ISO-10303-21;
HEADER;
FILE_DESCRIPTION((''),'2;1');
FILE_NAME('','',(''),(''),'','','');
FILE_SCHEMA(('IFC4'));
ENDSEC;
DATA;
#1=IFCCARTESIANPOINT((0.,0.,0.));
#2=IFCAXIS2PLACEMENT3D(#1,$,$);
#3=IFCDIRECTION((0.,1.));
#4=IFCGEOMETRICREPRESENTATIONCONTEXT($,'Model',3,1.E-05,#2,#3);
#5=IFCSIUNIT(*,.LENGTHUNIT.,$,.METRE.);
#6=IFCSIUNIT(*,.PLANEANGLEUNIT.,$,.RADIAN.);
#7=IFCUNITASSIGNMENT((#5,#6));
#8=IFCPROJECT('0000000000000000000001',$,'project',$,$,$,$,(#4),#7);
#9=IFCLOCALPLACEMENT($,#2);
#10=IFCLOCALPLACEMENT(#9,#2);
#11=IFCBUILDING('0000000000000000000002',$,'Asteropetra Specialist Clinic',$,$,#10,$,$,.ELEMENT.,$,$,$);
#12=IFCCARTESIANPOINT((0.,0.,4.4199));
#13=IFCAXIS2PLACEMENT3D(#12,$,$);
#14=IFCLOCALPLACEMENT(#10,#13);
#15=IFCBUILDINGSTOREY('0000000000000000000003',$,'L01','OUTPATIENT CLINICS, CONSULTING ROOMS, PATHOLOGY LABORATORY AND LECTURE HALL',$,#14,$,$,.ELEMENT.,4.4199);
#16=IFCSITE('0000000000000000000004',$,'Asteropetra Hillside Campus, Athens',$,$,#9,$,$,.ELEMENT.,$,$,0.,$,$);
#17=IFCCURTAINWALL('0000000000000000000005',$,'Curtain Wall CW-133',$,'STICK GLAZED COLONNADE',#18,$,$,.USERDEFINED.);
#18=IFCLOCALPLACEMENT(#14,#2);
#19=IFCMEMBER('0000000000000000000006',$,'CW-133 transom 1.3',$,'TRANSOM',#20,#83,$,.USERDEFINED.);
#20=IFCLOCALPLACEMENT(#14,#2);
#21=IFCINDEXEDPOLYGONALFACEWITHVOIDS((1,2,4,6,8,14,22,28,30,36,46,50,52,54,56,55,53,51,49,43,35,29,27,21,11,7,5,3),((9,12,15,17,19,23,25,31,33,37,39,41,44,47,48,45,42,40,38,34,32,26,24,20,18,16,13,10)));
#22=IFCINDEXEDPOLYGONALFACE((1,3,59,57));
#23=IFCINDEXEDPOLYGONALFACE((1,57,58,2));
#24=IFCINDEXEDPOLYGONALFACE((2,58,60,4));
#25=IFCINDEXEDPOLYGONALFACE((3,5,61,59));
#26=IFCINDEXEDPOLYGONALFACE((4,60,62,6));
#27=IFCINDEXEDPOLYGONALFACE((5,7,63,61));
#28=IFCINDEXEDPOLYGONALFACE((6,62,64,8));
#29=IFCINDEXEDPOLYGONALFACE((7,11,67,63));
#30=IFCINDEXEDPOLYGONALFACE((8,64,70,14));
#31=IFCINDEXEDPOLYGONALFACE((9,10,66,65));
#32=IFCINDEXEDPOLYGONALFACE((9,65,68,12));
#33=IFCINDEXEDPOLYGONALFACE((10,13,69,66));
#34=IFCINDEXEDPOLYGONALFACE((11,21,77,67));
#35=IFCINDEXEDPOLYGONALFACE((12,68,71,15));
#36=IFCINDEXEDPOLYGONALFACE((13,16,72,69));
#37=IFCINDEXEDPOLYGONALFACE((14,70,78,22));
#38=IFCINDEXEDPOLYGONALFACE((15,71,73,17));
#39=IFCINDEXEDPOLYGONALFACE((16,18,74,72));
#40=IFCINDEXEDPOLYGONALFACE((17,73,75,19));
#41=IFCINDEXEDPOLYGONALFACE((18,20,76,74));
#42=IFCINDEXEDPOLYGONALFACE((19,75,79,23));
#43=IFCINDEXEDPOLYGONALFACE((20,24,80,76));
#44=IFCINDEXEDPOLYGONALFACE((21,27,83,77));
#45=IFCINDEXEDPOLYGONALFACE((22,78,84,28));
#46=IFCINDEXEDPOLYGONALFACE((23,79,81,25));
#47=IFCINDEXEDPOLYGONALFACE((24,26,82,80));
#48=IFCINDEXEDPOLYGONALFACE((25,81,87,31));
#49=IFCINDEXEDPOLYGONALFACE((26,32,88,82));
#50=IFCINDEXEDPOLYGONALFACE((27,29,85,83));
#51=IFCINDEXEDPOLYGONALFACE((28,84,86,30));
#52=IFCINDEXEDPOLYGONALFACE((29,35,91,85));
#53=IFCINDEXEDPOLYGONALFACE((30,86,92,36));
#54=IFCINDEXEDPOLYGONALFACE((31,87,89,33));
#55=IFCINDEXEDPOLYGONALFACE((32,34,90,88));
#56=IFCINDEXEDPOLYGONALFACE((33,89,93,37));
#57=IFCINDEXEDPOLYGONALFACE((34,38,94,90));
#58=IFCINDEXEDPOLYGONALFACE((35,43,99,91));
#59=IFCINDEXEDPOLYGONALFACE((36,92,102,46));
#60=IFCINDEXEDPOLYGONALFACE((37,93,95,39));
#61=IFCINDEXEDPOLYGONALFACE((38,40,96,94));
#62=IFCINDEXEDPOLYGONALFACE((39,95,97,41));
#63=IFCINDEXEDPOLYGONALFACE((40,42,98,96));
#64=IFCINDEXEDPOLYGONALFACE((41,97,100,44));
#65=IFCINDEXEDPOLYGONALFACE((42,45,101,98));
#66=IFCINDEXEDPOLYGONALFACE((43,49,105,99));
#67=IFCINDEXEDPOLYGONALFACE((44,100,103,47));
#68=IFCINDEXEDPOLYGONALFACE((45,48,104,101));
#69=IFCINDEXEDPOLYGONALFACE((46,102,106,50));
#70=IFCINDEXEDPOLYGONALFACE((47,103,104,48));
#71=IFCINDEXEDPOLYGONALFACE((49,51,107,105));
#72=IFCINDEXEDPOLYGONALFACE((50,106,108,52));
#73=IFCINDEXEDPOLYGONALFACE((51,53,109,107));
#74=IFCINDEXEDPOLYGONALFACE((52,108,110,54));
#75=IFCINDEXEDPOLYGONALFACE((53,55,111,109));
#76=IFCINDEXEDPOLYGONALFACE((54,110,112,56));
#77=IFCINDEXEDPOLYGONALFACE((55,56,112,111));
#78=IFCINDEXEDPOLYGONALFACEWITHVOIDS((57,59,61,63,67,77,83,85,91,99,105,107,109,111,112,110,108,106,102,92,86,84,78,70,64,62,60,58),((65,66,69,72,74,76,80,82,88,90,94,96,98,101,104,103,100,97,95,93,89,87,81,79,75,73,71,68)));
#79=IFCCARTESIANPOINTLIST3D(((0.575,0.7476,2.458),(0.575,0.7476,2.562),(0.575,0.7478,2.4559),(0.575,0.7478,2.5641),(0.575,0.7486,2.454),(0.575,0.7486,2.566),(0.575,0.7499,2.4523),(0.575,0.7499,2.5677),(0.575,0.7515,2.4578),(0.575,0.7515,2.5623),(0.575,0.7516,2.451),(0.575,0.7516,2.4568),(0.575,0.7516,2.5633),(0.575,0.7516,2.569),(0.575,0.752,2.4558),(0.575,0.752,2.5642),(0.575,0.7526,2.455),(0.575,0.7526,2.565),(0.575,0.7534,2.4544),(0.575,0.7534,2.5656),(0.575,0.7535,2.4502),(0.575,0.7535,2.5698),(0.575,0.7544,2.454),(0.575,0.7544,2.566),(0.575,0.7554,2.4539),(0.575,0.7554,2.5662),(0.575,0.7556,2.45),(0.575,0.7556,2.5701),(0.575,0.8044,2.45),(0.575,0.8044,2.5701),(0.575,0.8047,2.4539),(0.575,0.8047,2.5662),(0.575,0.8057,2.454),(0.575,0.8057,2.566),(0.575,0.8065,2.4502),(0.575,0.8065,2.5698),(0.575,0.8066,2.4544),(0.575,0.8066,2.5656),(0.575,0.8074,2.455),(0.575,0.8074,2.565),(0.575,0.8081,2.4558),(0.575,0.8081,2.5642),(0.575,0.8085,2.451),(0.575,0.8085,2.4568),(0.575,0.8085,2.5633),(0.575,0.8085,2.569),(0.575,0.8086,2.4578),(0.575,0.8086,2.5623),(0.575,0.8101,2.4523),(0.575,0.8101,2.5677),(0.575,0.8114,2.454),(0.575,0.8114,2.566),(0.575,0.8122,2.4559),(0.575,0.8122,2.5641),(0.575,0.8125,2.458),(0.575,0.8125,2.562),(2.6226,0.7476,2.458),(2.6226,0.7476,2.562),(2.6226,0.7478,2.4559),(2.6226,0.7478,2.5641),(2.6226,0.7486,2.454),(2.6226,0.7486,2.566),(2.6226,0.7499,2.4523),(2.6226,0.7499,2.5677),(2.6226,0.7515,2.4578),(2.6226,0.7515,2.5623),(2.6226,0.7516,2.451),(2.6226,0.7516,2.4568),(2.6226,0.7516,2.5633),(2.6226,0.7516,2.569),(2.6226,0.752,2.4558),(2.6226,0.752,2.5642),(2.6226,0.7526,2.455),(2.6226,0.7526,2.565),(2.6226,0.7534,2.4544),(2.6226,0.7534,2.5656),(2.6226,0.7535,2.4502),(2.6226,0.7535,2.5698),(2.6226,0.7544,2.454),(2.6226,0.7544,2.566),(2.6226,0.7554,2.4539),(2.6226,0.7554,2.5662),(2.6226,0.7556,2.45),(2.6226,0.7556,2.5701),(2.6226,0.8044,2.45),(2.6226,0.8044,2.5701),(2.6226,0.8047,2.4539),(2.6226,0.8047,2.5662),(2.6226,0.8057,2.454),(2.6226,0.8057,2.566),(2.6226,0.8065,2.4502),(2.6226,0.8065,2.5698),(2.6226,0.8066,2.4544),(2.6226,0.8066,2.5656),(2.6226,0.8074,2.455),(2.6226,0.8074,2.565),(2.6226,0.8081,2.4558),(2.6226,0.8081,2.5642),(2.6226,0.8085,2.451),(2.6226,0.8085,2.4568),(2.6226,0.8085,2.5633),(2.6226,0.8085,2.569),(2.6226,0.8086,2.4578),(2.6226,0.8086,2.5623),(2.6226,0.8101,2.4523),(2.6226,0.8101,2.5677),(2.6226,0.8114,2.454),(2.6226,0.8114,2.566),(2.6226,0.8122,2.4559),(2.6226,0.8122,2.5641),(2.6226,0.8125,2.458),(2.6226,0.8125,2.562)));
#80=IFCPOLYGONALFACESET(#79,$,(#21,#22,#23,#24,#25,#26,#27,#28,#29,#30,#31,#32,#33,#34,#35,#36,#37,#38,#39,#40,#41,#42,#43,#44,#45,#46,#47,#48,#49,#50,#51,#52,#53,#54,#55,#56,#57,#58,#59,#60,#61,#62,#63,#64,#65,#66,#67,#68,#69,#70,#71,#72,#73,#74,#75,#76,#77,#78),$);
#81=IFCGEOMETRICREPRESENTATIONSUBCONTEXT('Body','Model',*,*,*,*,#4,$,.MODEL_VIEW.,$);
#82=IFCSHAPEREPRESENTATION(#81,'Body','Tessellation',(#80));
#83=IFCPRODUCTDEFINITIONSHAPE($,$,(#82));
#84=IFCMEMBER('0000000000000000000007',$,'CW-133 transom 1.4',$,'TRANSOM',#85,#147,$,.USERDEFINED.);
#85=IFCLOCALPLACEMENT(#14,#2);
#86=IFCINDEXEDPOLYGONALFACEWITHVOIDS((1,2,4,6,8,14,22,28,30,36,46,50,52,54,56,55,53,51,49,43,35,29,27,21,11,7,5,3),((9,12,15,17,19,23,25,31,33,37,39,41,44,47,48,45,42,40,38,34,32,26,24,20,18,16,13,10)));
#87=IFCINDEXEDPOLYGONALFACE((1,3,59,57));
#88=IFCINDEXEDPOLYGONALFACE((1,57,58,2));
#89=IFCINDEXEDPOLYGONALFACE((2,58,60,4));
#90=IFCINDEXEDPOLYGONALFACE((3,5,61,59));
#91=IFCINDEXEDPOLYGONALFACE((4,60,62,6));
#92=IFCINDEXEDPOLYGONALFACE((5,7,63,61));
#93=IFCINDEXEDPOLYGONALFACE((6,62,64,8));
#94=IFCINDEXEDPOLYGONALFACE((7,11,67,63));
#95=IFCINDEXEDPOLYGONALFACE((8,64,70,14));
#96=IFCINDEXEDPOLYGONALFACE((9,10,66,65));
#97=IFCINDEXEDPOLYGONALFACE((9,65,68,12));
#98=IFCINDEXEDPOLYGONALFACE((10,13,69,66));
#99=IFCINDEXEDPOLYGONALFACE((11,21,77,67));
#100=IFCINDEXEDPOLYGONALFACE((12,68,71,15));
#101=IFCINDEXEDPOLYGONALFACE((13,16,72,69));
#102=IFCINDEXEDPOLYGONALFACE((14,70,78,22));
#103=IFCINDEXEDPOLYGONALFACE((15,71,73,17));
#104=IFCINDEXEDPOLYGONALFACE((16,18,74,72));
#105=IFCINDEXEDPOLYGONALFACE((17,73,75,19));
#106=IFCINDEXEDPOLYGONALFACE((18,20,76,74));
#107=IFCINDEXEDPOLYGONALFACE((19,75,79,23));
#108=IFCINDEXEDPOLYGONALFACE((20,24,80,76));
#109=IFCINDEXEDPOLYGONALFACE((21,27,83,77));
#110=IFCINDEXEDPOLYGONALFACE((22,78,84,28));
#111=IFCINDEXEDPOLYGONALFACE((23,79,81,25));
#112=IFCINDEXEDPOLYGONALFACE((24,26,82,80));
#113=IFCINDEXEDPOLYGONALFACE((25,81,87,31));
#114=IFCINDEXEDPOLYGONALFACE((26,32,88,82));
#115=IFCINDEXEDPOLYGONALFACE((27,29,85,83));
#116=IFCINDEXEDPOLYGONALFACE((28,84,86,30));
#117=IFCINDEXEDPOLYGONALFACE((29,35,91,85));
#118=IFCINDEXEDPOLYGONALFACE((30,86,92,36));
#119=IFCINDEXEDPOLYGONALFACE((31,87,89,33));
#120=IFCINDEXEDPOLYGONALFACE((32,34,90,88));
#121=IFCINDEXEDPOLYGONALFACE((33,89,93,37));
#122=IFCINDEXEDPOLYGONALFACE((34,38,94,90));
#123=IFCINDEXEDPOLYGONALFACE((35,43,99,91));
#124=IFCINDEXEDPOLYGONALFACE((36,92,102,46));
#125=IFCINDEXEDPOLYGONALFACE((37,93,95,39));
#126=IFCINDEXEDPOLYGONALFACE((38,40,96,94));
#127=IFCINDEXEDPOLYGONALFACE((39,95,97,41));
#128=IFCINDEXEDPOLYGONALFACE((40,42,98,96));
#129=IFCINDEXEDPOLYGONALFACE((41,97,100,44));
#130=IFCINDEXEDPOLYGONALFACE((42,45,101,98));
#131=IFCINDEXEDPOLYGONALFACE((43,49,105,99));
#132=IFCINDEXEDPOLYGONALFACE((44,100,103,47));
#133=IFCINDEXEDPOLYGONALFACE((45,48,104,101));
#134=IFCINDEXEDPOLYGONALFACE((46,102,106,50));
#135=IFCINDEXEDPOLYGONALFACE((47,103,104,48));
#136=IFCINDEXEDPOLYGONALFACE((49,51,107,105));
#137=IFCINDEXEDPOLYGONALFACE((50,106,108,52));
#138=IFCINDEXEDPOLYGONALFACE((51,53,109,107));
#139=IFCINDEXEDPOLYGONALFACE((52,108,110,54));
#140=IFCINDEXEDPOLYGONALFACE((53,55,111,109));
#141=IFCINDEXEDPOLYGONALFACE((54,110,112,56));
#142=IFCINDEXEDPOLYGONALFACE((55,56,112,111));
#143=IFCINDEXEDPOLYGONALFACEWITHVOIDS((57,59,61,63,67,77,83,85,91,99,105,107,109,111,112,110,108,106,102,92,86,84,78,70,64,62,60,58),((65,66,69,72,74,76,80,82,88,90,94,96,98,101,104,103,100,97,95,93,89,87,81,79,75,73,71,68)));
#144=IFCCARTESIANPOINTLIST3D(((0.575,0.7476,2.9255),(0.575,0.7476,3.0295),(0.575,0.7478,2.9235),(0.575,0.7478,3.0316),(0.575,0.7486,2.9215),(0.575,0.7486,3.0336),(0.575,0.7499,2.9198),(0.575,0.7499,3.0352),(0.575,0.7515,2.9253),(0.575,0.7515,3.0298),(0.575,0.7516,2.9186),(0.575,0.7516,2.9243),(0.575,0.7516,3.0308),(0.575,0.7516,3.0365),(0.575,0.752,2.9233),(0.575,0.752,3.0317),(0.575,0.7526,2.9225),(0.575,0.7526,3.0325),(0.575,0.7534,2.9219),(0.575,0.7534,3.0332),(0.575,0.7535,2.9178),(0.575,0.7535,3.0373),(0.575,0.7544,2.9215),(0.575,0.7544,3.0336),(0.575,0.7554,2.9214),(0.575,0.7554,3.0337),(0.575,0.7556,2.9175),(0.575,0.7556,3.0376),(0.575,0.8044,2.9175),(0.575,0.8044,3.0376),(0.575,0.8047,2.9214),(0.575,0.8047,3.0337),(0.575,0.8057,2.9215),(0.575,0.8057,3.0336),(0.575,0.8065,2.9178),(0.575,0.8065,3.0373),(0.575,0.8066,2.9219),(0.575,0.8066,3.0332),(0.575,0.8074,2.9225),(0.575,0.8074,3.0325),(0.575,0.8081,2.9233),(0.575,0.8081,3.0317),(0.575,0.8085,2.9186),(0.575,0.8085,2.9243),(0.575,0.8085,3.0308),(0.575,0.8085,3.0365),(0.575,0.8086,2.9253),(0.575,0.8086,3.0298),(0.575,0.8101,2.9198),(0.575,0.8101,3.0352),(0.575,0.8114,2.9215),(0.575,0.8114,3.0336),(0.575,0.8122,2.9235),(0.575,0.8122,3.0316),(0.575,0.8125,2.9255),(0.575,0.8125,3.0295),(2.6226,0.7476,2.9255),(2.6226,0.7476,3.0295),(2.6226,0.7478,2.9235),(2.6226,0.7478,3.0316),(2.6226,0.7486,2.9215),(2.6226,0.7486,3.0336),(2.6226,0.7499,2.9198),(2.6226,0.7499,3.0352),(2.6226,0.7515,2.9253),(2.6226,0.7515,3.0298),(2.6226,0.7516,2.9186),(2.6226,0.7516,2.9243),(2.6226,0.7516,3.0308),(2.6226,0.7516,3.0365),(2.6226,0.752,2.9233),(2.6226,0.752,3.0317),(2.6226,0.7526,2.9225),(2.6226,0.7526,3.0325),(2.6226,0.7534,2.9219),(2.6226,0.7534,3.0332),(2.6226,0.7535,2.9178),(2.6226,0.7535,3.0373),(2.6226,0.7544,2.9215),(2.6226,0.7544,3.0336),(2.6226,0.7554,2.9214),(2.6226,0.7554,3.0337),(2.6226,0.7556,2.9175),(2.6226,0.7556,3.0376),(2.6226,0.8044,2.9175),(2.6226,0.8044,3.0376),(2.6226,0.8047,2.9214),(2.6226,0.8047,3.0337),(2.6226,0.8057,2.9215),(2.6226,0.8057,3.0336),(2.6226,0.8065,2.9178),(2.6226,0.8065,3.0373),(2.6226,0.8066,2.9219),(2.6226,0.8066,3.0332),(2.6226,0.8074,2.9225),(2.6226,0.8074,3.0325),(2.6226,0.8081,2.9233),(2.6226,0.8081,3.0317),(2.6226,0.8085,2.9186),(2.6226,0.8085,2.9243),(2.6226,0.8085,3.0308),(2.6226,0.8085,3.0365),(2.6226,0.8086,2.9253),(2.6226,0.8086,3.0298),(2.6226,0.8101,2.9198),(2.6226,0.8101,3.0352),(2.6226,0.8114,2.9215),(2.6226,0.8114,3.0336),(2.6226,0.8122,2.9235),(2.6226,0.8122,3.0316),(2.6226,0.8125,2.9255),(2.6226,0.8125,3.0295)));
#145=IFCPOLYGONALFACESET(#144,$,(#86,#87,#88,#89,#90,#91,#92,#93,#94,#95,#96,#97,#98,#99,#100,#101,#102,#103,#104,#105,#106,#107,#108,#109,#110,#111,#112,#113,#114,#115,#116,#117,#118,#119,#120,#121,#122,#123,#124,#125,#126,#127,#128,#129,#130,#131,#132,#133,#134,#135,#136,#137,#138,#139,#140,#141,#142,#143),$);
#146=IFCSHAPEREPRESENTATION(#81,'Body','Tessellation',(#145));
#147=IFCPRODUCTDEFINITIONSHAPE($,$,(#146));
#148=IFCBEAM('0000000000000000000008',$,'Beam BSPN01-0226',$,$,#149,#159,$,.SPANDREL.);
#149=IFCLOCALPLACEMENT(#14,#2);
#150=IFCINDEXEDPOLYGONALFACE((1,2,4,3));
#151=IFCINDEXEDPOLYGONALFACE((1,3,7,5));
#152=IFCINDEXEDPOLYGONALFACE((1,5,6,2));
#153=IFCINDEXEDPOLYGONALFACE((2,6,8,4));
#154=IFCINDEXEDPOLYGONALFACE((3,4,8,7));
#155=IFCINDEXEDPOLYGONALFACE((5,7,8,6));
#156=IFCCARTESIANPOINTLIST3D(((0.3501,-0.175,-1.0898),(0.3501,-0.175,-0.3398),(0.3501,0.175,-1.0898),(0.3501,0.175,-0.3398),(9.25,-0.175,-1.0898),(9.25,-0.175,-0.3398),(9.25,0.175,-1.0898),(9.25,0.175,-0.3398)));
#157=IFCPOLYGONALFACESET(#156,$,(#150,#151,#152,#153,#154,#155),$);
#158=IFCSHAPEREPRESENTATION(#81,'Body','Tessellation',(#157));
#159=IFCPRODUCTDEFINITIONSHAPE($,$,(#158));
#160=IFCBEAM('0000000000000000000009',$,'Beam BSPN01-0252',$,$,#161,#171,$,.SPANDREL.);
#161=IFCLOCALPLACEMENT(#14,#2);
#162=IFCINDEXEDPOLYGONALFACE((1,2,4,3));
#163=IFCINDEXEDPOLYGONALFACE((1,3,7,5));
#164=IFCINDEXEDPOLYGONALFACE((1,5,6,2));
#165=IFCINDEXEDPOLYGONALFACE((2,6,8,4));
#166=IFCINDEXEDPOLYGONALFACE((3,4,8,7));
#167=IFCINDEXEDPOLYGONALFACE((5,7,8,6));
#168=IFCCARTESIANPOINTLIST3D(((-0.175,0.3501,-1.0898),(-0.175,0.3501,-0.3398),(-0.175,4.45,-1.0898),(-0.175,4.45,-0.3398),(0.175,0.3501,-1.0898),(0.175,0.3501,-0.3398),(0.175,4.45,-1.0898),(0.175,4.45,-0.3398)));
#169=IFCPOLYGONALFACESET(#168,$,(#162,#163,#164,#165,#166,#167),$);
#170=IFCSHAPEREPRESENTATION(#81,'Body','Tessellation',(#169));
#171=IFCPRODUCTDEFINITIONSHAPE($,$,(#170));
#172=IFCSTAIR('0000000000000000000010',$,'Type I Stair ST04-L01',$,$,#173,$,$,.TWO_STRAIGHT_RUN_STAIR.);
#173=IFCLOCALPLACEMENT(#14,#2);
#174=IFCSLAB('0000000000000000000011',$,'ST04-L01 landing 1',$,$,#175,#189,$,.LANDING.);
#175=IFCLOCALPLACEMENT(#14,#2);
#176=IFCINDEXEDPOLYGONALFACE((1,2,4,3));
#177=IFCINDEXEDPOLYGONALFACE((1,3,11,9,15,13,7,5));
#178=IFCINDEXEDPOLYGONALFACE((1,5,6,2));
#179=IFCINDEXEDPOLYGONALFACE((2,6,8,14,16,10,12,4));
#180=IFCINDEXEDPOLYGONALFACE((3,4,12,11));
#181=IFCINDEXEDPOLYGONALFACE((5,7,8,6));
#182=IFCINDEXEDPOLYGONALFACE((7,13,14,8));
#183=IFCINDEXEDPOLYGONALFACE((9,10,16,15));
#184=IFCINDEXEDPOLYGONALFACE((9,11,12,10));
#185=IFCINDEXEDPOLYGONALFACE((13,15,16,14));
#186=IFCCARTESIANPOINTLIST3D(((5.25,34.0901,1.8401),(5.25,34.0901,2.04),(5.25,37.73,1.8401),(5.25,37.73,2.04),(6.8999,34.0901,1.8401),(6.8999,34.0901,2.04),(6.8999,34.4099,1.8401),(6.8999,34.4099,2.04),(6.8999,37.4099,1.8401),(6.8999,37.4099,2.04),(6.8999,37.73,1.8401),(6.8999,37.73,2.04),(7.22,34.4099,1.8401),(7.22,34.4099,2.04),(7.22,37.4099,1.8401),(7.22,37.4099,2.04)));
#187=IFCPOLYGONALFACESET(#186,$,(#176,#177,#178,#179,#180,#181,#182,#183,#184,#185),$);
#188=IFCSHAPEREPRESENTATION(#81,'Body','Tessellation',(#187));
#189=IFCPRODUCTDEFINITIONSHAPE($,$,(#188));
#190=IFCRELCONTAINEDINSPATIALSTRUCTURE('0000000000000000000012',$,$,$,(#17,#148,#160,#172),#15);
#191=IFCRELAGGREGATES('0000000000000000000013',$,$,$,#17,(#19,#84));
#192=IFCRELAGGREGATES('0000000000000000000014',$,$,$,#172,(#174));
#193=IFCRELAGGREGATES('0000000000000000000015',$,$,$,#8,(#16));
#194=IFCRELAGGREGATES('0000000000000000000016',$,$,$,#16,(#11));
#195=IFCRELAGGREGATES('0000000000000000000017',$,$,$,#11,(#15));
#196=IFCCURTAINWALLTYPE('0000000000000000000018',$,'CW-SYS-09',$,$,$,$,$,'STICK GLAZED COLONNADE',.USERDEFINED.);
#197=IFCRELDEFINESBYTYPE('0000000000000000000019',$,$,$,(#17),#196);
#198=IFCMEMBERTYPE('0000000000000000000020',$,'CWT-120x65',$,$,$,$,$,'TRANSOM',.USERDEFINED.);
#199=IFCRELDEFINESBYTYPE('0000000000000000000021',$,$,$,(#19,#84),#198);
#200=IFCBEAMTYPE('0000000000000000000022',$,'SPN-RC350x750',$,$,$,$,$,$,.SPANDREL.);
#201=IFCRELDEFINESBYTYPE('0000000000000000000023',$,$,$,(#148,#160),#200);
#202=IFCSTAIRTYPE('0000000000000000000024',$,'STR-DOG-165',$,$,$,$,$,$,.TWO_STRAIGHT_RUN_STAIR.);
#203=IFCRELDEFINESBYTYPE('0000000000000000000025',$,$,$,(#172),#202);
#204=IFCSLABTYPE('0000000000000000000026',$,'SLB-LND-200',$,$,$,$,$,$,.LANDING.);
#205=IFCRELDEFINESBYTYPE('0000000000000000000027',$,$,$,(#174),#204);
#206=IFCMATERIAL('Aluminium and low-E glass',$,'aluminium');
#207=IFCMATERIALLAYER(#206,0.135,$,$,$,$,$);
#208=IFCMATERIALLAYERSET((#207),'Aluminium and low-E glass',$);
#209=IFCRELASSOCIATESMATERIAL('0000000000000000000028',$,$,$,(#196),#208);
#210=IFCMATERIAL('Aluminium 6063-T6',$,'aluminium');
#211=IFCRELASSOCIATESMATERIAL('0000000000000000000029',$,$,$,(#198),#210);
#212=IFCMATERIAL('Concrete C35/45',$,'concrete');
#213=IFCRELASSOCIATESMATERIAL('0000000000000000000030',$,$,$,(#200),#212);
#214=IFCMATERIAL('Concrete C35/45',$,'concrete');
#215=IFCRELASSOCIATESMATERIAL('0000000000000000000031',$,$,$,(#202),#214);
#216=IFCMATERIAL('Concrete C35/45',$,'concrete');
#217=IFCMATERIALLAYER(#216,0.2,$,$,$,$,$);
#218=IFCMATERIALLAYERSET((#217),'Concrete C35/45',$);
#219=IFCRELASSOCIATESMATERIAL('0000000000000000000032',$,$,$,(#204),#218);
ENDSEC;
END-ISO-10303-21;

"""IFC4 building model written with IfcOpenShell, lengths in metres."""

from ifc_helpers import new_model, si_unit, direction, frame, origin, origin_2d, place, context, subcontext, project, spatial, polyline, rectangle, hollow_rectangle, outline, extrude, material, layer, layer_set, material_profile, profile_set, type_object, element, aggregate, save


model = new_model("IFC4")

# Units and contexts
model_context = context("Model", 3, precision=1e-05, world=origin(), true_north=direction((0.0, 1.0)))
body_context = subcontext(model_context, "Body", "Model", "MODEL_VIEW")
ifc_project = project(units=[si_unit("LENGTHUNIT", "METRE"), si_unit("PLANEANGLEUNIT", "RADIAN")], contexts=[model_context])

# Site, building, storey
site_placement = place(None, origin())
site = spatial("IfcSite", under=ifc_project, at=site_placement, Name="Asteropetra Hillside Campus, Athens", CompositionType="ELEMENT", RefElevation=0.0)
building_placement = place(site_placement, origin())
building = spatial("IfcBuilding", under=site, at=building_placement, Name="Asteropetra Specialist Clinic", CompositionType="ELEMENT")
storey_placement = place(building_placement, frame((0.0, 0.0, 4.4199)))
storey = spatial("IfcBuildingStorey", under=building, at=storey_placement, Name="L01", Description="OUTPATIENT CLINICS, CONSULTING ROOMS, PATHOLOGY LABORATORY AND LECTURE HALL", CompositionType="ELEMENT", Elevation=4.4199)

# Curtain wall, members
ifc_material_1 = material(Name="Aluminium and low-E glass", Category="aluminium")
ifc_layer_1 = layer(ifc_material_1, 0.135)
ifc_layer_set_1 = layer_set([ifc_layer_1], Name="Aluminium and low-E glass")
curtain_wall_type = type_object("IfcCurtainWallType", Name="CW-SYS-09", ElementType="STICK GLAZED COLONNADE", PredefinedType="USERDEFINED", material=ifc_layer_set_1)
curtain_wall_placement = place(storey_placement, origin())
curtain_wall = element("IfcCurtainWall", 1, at=curtain_wall_placement, inside=storey, type_object=curtain_wall_type, Name="Curtain Wall CW-133", ObjectType="STICK GLAZED COLONNADE", PredefinedType="USERDEFINED")
ifc_material_2 = material(Name="Aluminium 6063-T6", Category="aluminium")
ifc_material_profile_1 = material_profile(ifc_material_2, hollow_rectangle(XDim=0.0649, YDim=0.1201, WallThickness=0.0039, InnerFilletRadius=0.0039, OuterFilletRadius=0.0081, at=origin_2d()), Name="TRN 120x65x4.0")
ifc_profile_set_1 = profile_set([ifc_material_profile_1], Name="Aluminium 6063-T6")
member_type_1 = type_object("IfcMemberType", Name="CWT-120x65", ElementType="TRANSOM", PredefinedType="USERDEFINED", material=ifc_profile_set_1)
member_1_placement = place(storey_placement, frame((0.575, 0.78, 2.51), z_axis=(1.0, 0.0, 0.0), x_axis=(0.0, 1.0, 0.0)))
member_1 = element("IfcMember", 2, at=member_1_placement, type_object=member_type_1, Name="CW-133 transom 1.3", ObjectType="TRANSOM", PredefinedType="USERDEFINED", context=body_context, shape_type="SweptSolid", body=[
    extrude(hollow_rectangle(XDim=0.0649, YDim=0.1201, WallThickness=0.0039, InnerFilletRadius=0.0039, OuterFilletRadius=0.0081, at=origin_2d()), origin(), (0.0, 0.0, 1.0), 2.0476),
])
member_2_placement = place(storey_placement, frame((0.575, 0.78, 2.9775), z_axis=(1.0, 0.0, 0.0), x_axis=(0.0, 1.0, 0.0)))
member_2 = element("IfcMember", 3, at=member_2_placement, type_object=member_type_1, Name="CW-133 transom 1.4", ObjectType="TRANSOM", PredefinedType="USERDEFINED", context=body_context, shape_type="SweptSolid", body=[
    extrude(hollow_rectangle(XDim=0.0649, YDim=0.1201, WallThickness=0.0039, InnerFilletRadius=0.0039, OuterFilletRadius=0.0081, at=origin_2d()), origin(), (0.0, 0.0, 1.0), 2.0476),
])
aggregate(curtain_wall, [member_1, member_2])

# Beams
ifc_material_3 = material(Name="Concrete C35/45", Category="concrete")
ifc_material_profile_2 = material_profile(ifc_material_3, rectangle(XDim=0.3501, YDim=0.75, at=origin_2d()), Name="RCS 350x750")
ifc_profile_set_2 = profile_set([ifc_material_profile_2], Name="Concrete C35/45")
beam_type_1 = type_object("IfcBeamType", Name="SPN-RC350x750", PredefinedType="SPANDREL", material=ifc_profile_set_2)
beam_1_placement = place(storey_placement, frame((0.3501, 0.0, -0.7148), z_axis=(1.0, 0.0, 0.0), x_axis=(0.0, 1.0, 0.0)))
element("IfcBeam", 4, at=beam_1_placement, inside=storey, type_object=beam_type_1, Name="Beam BSPN01-0226", PredefinedType="SPANDREL", context=body_context, shape_type="SweptSolid", body=[
    extrude(rectangle(XDim=0.3501, YDim=0.75, at=origin_2d()), origin(), (0.0, 0.0, 1.0), 8.8999),
])
beam_2_placement = place(storey_placement, frame((0.0, 0.3501, -0.7148), z_axis=(0.0, 1.0, 0.0), x_axis=(-1.0, 0.0, 0.0)))
element("IfcBeam", 5, at=beam_2_placement, inside=storey, type_object=beam_type_1, Name="Beam BSPN01-0252", PredefinedType="SPANDREL", context=body_context, shape_type="SweptSolid", body=[
    extrude(rectangle(XDim=0.3501, YDim=0.75, at=origin_2d()), origin(), (0.0, 0.0, 1.0), 4.0999),
])

# Stair, slab
ifc_material_4 = material(Name="Concrete C35/45", Category="concrete")
stair_type_1 = type_object("IfcStairType", Name="STR-DOG-165", PredefinedType="TWO_STRAIGHT_RUN_STAIR", material=ifc_material_4)
stair_1_placement = place(storey_placement, origin())
stair_1 = element("IfcStair", 6, at=stair_1_placement, inside=storey, type_object=stair_type_1, Name="Type I Stair ST04-L01", PredefinedType="TWO_STRAIGHT_RUN_STAIR")
ifc_material_5 = material(Name="Concrete C35/45", Category="concrete")
ifc_layer_2 = layer(ifc_material_5, 0.2)
ifc_layer_set_2 = layer_set([ifc_layer_2], Name="Concrete C35/45")
slab_type = type_object("IfcSlabType", Name="SLB-LND-200", PredefinedType="LANDING", material=ifc_layer_set_2)
slab_1_placement = place(storey_placement, frame((0.0, 0.0, 1.8401)))
slab_1 = element("IfcSlab", 7, at=slab_1_placement, type_object=slab_type, Name="ST04-L01 landing 1", PredefinedType="LANDING", context=body_context, shape_type="SweptSolid", body=[
    extrude(outline(polyline([(5.25, 34.0901), (6.8999, 34.0901), (6.8999, 34.4099), (7.22, 34.4099), (7.22, 37.4099), (6.8999, 37.4099), (6.8999, 37.73), (5.25, 37.73), (5.25, 34.0901)])), origin(), (0.0, 0.0, 1.0), 0.2),
])
aggregate(stair_1, [slab_1])

save(model, "model.ifc")
